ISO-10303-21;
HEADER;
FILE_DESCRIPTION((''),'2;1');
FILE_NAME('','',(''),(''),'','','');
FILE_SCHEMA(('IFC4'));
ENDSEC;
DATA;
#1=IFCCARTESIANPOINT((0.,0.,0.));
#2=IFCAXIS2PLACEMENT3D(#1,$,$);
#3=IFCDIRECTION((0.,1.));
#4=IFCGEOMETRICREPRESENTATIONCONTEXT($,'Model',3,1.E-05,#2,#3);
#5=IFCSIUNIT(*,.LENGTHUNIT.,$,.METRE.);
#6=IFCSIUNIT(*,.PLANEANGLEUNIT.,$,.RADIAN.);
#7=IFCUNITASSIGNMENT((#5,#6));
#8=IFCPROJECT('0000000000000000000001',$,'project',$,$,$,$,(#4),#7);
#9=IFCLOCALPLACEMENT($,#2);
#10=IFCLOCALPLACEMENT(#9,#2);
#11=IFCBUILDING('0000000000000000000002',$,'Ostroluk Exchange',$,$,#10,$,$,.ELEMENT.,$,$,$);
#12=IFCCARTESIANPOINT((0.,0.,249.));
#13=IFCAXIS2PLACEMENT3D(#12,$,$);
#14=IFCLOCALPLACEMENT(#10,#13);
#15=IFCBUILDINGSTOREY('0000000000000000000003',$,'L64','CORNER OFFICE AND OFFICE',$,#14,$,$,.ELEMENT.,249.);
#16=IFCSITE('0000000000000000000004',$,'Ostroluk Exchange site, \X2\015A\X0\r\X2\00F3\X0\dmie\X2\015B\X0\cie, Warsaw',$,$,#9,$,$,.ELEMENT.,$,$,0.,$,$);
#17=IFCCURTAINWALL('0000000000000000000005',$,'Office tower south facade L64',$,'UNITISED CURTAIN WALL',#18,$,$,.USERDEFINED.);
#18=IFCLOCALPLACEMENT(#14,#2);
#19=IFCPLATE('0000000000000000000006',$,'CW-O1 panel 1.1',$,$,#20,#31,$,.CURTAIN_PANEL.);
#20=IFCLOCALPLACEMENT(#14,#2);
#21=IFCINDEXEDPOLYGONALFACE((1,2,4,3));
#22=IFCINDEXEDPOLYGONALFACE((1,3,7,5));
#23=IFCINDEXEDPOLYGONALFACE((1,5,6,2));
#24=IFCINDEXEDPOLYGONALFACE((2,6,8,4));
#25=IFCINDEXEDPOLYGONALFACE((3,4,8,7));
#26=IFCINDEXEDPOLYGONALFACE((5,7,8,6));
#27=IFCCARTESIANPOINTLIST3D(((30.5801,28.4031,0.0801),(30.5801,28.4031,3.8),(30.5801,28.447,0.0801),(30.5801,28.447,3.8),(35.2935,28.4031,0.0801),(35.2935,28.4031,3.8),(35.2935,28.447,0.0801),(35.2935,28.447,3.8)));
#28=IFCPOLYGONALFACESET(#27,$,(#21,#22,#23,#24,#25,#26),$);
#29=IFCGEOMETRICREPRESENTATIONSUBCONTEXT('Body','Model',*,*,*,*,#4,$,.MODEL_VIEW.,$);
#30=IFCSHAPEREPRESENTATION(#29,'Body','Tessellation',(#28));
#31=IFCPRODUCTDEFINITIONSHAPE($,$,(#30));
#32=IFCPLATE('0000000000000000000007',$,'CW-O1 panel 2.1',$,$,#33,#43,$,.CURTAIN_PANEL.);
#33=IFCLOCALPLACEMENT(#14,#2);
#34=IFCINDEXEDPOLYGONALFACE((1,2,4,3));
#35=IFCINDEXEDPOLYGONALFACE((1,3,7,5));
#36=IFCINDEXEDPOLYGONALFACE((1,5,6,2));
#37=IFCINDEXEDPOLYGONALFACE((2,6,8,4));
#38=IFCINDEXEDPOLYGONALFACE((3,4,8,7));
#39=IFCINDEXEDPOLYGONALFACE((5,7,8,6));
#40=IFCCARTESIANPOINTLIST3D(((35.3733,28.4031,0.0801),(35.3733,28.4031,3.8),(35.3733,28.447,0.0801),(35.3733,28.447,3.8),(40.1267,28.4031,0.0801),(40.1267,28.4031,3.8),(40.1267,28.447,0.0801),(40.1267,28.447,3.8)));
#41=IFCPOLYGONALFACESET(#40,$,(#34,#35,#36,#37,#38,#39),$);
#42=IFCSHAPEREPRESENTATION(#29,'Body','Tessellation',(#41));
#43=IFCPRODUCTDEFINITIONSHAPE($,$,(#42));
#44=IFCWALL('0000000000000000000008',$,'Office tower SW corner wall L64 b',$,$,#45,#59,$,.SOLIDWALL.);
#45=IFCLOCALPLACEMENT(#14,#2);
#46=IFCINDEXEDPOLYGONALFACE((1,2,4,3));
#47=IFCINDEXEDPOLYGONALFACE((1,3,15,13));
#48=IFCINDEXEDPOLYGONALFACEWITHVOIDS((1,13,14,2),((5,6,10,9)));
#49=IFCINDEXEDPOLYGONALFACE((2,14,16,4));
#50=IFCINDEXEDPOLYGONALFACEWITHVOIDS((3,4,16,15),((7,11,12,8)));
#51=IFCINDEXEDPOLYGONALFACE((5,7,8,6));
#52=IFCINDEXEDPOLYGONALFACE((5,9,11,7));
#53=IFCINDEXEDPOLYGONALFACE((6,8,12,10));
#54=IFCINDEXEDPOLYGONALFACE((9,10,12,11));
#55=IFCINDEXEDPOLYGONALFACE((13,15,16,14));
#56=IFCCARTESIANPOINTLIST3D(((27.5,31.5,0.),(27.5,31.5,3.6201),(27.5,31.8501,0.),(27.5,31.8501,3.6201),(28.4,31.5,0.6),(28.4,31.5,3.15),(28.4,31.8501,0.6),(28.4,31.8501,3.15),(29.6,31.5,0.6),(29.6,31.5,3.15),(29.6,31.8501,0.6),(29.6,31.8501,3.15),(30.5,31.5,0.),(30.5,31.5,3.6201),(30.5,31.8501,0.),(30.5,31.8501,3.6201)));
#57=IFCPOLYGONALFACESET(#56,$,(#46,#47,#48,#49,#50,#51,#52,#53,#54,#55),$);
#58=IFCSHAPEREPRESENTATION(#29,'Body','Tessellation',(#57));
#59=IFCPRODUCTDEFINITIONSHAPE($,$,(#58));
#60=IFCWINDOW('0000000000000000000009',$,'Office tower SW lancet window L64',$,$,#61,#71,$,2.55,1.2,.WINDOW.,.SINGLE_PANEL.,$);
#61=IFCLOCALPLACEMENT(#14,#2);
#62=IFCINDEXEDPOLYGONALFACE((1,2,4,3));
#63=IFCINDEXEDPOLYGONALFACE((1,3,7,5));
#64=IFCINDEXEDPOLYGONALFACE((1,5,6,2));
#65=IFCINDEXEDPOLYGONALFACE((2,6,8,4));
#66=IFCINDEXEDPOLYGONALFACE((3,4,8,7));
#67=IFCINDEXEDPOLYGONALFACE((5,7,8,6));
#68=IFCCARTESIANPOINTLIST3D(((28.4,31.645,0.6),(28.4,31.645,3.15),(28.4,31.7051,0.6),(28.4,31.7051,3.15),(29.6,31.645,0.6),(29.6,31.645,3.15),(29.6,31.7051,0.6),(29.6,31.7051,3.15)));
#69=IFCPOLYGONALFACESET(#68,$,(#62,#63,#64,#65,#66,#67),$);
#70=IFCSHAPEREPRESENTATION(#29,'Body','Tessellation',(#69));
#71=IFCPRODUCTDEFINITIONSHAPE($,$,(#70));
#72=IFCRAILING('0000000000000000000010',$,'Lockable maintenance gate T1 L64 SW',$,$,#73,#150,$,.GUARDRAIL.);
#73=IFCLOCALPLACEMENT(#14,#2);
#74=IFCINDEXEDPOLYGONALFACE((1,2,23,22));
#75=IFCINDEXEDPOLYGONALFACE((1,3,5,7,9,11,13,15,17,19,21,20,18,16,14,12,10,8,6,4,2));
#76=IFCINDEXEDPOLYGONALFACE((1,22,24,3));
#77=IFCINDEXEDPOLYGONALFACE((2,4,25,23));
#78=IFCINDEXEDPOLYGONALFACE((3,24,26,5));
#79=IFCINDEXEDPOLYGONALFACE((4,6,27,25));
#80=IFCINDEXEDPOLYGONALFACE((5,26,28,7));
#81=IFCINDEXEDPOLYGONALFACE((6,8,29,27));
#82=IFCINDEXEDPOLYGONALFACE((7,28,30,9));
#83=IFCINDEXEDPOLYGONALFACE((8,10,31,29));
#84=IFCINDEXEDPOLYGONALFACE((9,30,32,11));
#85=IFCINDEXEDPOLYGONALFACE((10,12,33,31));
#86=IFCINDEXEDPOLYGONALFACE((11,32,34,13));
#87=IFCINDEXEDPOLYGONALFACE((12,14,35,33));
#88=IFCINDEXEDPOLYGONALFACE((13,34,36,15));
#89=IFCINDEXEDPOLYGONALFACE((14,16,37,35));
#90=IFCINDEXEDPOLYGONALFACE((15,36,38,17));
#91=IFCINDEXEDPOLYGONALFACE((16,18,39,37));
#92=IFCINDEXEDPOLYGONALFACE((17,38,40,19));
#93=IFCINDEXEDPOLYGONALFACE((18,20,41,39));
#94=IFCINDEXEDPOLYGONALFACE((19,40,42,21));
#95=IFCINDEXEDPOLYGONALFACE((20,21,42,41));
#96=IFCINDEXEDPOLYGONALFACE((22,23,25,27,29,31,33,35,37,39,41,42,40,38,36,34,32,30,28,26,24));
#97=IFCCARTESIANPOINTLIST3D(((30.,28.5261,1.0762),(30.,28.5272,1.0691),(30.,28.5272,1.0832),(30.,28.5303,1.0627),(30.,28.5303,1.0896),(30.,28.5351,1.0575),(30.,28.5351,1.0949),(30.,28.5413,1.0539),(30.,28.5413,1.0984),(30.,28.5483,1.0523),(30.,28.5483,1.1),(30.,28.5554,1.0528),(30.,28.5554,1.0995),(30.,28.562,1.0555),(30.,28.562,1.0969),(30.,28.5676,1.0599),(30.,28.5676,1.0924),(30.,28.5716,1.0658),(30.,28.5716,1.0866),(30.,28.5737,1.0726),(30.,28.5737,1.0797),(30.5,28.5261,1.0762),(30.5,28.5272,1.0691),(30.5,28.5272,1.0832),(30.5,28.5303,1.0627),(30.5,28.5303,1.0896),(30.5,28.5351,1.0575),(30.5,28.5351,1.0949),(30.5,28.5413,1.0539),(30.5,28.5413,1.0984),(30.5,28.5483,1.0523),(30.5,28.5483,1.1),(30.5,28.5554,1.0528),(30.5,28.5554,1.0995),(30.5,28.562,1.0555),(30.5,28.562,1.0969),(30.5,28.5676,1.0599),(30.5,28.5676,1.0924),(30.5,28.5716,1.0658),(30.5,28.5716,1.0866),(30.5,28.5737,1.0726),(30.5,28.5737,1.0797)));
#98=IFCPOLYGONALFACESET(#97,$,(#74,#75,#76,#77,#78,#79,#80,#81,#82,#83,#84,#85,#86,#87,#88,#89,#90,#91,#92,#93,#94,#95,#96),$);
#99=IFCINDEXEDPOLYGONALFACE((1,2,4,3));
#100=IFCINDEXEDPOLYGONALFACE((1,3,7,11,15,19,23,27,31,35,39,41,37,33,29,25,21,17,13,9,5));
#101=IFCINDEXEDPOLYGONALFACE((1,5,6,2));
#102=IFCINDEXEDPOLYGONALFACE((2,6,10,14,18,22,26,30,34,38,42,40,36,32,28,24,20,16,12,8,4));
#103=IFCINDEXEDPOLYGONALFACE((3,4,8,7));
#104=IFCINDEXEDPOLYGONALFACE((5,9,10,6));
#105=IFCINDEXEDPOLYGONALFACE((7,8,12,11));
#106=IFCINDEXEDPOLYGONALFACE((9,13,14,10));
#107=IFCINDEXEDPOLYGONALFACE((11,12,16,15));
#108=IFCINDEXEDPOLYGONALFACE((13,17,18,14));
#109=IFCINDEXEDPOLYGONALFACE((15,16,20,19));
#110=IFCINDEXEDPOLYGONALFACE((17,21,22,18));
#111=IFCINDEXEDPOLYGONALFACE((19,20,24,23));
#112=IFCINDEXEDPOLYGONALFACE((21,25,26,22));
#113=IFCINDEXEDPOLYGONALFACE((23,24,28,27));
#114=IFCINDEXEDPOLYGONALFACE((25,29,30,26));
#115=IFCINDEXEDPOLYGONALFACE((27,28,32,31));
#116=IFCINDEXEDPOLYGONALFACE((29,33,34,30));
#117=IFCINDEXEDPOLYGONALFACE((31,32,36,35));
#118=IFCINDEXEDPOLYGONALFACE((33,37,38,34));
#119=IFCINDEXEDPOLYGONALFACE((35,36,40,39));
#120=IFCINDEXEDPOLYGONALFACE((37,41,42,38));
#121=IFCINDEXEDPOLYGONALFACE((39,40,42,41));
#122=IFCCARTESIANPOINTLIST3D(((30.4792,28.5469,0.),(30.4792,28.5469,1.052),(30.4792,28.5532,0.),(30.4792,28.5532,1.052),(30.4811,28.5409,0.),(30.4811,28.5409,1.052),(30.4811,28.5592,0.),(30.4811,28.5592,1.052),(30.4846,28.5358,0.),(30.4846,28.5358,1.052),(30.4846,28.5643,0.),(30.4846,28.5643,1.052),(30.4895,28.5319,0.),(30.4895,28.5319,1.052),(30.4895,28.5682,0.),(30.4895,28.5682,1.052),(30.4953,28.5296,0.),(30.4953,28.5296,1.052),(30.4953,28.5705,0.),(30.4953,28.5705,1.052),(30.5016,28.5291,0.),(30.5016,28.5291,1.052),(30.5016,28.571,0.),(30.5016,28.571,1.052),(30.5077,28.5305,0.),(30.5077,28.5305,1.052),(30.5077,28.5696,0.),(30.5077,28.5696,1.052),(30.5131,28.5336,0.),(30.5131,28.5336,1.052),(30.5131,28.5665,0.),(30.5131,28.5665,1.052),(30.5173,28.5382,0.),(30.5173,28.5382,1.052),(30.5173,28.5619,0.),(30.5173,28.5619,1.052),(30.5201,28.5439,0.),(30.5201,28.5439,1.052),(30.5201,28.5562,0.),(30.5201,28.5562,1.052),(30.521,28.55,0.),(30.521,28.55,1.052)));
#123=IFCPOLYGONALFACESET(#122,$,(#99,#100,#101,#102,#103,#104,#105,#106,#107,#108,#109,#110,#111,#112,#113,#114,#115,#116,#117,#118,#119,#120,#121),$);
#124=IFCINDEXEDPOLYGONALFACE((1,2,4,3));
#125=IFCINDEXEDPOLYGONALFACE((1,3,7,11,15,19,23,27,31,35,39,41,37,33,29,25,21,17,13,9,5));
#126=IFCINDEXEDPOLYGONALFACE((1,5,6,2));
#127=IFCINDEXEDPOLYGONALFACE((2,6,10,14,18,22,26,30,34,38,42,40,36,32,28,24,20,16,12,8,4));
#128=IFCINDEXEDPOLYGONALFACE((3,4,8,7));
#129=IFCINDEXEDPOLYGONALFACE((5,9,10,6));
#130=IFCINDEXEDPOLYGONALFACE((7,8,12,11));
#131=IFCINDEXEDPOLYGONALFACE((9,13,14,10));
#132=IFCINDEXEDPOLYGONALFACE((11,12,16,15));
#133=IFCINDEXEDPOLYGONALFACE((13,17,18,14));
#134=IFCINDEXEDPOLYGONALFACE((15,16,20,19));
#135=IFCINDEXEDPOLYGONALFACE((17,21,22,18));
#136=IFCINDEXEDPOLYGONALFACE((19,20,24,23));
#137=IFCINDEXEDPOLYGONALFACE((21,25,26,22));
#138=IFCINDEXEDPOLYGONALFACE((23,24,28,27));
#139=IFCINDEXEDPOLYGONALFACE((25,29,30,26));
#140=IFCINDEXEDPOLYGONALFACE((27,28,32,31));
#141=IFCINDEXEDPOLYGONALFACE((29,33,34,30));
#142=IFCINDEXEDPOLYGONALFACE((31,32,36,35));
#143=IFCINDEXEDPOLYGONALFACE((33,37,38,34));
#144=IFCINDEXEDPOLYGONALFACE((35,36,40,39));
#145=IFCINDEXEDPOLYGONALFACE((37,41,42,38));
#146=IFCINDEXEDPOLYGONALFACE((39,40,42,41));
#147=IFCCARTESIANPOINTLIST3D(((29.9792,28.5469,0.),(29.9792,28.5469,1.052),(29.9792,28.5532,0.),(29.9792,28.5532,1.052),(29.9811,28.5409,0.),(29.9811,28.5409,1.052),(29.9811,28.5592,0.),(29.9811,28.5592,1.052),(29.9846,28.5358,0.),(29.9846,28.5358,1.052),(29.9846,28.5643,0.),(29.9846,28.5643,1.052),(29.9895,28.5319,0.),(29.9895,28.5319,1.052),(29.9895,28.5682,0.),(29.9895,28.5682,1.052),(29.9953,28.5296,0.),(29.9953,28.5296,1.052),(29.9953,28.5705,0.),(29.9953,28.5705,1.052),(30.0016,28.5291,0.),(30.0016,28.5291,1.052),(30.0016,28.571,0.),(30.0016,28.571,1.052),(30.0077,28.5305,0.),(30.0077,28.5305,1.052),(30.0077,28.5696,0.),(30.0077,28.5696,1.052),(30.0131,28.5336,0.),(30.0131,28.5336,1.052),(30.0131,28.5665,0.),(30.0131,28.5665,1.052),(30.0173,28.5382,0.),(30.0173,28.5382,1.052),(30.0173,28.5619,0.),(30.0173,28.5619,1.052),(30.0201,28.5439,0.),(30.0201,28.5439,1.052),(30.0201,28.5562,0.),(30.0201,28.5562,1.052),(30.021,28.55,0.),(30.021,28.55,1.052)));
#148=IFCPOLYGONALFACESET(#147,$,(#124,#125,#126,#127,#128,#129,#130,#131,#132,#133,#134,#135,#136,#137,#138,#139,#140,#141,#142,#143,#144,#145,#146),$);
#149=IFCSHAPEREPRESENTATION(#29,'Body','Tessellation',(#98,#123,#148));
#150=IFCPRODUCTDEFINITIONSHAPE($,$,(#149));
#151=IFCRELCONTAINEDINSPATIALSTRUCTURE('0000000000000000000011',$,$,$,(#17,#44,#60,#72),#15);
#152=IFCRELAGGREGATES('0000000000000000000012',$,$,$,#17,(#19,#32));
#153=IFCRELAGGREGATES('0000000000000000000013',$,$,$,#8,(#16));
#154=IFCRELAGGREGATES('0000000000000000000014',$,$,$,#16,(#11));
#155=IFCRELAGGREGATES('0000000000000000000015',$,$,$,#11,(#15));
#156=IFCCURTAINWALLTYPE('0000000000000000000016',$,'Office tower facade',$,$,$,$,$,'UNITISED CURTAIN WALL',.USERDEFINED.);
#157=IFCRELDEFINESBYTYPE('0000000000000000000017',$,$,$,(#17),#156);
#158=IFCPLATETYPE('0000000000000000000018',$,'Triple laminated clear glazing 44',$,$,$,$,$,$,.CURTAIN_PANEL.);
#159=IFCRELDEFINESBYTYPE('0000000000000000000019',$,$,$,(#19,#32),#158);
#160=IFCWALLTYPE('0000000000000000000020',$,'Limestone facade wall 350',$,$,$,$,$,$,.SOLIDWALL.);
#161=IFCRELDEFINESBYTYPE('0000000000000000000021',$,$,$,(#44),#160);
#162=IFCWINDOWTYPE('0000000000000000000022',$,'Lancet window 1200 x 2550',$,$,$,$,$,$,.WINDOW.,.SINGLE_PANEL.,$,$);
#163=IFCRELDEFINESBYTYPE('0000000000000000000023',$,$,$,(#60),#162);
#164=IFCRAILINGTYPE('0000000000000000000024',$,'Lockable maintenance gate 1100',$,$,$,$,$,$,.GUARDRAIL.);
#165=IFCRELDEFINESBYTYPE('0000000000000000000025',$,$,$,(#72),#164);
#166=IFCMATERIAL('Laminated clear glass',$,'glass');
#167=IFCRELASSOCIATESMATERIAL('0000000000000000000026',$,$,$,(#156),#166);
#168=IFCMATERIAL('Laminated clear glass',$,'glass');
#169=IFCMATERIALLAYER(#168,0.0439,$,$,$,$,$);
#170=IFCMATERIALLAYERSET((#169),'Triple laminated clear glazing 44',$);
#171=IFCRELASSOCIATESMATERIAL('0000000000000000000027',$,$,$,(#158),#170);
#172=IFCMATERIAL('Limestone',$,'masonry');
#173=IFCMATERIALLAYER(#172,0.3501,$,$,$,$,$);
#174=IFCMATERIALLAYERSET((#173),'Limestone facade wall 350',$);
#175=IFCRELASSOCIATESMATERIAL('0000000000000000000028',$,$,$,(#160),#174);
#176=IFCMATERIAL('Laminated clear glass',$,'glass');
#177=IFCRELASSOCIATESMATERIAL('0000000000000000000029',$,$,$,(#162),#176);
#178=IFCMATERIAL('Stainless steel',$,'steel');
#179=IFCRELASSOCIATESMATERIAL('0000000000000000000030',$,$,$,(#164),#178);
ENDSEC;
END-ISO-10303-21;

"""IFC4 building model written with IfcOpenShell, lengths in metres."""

from ifc_helpers import new_model, si_unit, direction, frame, frame_2d, origin, origin_2d, place, context, subcontext, project, spatial, rectangle, circle, extrude, material, layer, layer_set, type_object, element, fill, aggregate, save


model = new_model("IFC4")

# Units and contexts
model_context = context("Model", 3, precision=1e-05, world=origin(), true_north=direction((0.0, 1.0)))
body_context = subcontext(model_context, "Body", "Model", "MODEL_VIEW")
ifc_project = project(units=[si_unit("LENGTHUNIT", "METRE"), si_unit("PLANEANGLEUNIT", "RADIAN")], contexts=[model_context])

# Site, building, storey
site_placement = place(None, origin())
site = spatial("IfcSite", under=ifc_project, at=site_placement, Name="Ostroluk Exchange site, Śródmieście, Warsaw", CompositionType="ELEMENT", RefElevation=0.0)
building_placement = place(site_placement, origin())
building = spatial("IfcBuilding", under=site, at=building_placement, Name="Ostroluk Exchange", CompositionType="ELEMENT")
storey_placement = place(building_placement, frame((0.0, 0.0, 249.0)))
storey = spatial("IfcBuildingStorey", under=building, at=storey_placement, Name="L64", Description="CORNER OFFICE AND OFFICE", CompositionType="ELEMENT", Elevation=249.0)

# Curtain wall
ifc_material_1 = material(Name="Laminated clear glass", Category="glass")
curtain_wall_type = type_object("IfcCurtainWallType", Name="Office tower facade", ElementType="UNITISED CURTAIN WALL", PredefinedType="USERDEFINED", material=ifc_material_1)
curtain_wall_1_placement = place(storey_placement, origin())
curtain_wall_1 = element("IfcCurtainWall", 1, at=curtain_wall_1_placement, inside=storey, type_object=curtain_wall_type, Name="Office tower south facade L64", ObjectType="UNITISED CURTAIN WALL", PredefinedType="USERDEFINED")

# Plates
ifc_material_2 = material(Name="Laminated clear glass", Category="glass")
ifc_layer_1 = layer(ifc_material_2, 0.0439)
ifc_layer_set_1 = layer_set([ifc_layer_1], Name="Triple laminated clear glazing 44")
plate_type_1 = type_object("IfcPlateType", Name="Triple laminated clear glazing 44", PredefinedType="CURTAIN_PANEL", material=ifc_layer_set_1)
plate_1_placement = place(storey_placement, frame((32.9368, 28.425, 0.0801), z_axis=(0.0, 0.0, 1.0), x_axis=(1.0, 0.0, 0.0)))
plate_1 = element("IfcPlate", 2, at=plate_1_placement, type_object=plate_type_1, Name="CW-O1 panel 1.1", PredefinedType="CURTAIN_PANEL", context=body_context, shape_type="SweptSolid", body=[
    extrude(rectangle(XDim=4.7134, YDim=0.0439, at=origin_2d()), origin(), (0.0, 0.0, 1.0), 3.72),
])
plate_2_placement = place(storey_placement, frame((37.75, 28.425, 0.0801), z_axis=(0.0, 0.0, 1.0), x_axis=(1.0, 0.0, 0.0)))
plate_2 = element("IfcPlate", 3, at=plate_2_placement, type_object=plate_type_1, Name="CW-O1 panel 2.1", PredefinedType="CURTAIN_PANEL", context=body_context, shape_type="SweptSolid", body=[
    extrude(rectangle(XDim=4.7534, YDim=0.0439, at=origin_2d()), origin(), (0.0, 0.0, 1.0), 3.72),
])
aggregate(curtain_wall_1, [plate_1, plate_2])

# Shared definitions
ifc_material_3 = material(Name="Limestone", Category="masonry")
ifc_layer_2 = layer(ifc_material_3, 0.3501)
ifc_layer_set_2 = layer_set([ifc_layer_2], Name="Limestone facade wall 350")
wall_type = type_object("IfcWallType", Name="Limestone facade wall 350", PredefinedType="SOLIDWALL", material=ifc_layer_set_2)

# Wall, opening, window
wall_1_placement = place(storey_placement, frame((30.5, 31.675, 0.0), z_axis=(0.0, 0.0, 1.0), x_axis=(-1.0, 0.0, 0.0)))
wall_1 = element("IfcWall", 4, at=wall_1_placement, inside=storey, type_object=wall_type, Name="Office tower SW corner wall L64 b", PredefinedType="SOLIDWALL", context=body_context, shape_type="SweptSolid", body=[
    extrude(rectangle(XDim=3.0, YDim=0.3501, at=frame_2d((1.5, 0.0))), origin(), (0.0, 0.0, 1.0), 3.6201),
])
opening_1_placement = place(wall_1_placement, frame((0.8999, 0.0, 0.6001)))
opening_1 = element("IfcOpeningElement", 5, at=opening_1_placement, cuts=wall_1, PredefinedType="OPENING", context=body_context, shape_type="SweptSolid", body=[
    extrude(rectangle(XDim=1.2, YDim=2.55, at=frame_2d((0.6001, 1.2749))), frame((0.0, 0.1851, 0.0), z_axis=(0.0, -1.0, 0.0), x_axis=(1.0, 0.0, 0.0)), (0.0, 0.0, 1.0), 0.3701),
])
ifc_material_4 = material(Name="Laminated clear glass", Category="glass")
window_type = type_object("IfcWindowType", Name="Lancet window 1200 x 2550", PartitioningType="SINGLE_PANEL", PredefinedType="WINDOW", material=ifc_material_4)
window_placement = place(opening_1_placement, origin())
window = element("IfcWindow", 6, at=window_placement, inside=storey, type_object=window_type, Name="Office tower SW lancet window L64", OverallHeight=2.55, OverallWidth=1.2, PartitioningType="SINGLE_PANEL", PredefinedType="WINDOW", context=body_context, shape_type="SweptSolid", body=[
    extrude(rectangle(XDim=1.2, YDim=2.55, at=frame_2d((0.6001, 1.2749))), frame((0.0, 0.03, 0.0), z_axis=(0.0, -1.0, 0.0), x_axis=(1.0, 0.0, 0.0)), (0.0, 0.0, 1.0), 0.0601),
])
fill(opening_1, window)

# Railing
ifc_material_5 = material(Name="Stainless steel", Category="steel")
railing_type_1 = type_object("IfcRailingType", Name="Lockable maintenance gate 1100", PredefinedType="GUARDRAIL", material=ifc_material_5)
railing_1_placement = place(storey_placement, frame((30.5, 28.55, 0.0)))
element("IfcRailing", 7, at=railing_1_placement, inside=storey, type_object=railing_type_1, Name="Lockable maintenance gate T1 L64 SW", PredefinedType="GUARDRAIL", context=body_context, shape_type="SweptSolid", body=[
    extrude(circle(Radius=0.0239, at=origin_2d()), frame((0.0, 0.0, 1.0762), z_axis=(-1.0, 0.0, 0.0), x_axis=(0.0, -1.0, 0.0)), (0.0, 0.0, 1.0), 0.5),
    extrude(circle(Radius=0.021, at=origin_2d()), origin(), (0.0, 0.0, 1.0), 1.052),
    extrude(circle(Radius=0.021, at=origin_2d()), frame((-0.5, 0.0, 0.0)), (0.0, 0.0, 1.0), 1.052),
])

save(model, "model.ifc")
